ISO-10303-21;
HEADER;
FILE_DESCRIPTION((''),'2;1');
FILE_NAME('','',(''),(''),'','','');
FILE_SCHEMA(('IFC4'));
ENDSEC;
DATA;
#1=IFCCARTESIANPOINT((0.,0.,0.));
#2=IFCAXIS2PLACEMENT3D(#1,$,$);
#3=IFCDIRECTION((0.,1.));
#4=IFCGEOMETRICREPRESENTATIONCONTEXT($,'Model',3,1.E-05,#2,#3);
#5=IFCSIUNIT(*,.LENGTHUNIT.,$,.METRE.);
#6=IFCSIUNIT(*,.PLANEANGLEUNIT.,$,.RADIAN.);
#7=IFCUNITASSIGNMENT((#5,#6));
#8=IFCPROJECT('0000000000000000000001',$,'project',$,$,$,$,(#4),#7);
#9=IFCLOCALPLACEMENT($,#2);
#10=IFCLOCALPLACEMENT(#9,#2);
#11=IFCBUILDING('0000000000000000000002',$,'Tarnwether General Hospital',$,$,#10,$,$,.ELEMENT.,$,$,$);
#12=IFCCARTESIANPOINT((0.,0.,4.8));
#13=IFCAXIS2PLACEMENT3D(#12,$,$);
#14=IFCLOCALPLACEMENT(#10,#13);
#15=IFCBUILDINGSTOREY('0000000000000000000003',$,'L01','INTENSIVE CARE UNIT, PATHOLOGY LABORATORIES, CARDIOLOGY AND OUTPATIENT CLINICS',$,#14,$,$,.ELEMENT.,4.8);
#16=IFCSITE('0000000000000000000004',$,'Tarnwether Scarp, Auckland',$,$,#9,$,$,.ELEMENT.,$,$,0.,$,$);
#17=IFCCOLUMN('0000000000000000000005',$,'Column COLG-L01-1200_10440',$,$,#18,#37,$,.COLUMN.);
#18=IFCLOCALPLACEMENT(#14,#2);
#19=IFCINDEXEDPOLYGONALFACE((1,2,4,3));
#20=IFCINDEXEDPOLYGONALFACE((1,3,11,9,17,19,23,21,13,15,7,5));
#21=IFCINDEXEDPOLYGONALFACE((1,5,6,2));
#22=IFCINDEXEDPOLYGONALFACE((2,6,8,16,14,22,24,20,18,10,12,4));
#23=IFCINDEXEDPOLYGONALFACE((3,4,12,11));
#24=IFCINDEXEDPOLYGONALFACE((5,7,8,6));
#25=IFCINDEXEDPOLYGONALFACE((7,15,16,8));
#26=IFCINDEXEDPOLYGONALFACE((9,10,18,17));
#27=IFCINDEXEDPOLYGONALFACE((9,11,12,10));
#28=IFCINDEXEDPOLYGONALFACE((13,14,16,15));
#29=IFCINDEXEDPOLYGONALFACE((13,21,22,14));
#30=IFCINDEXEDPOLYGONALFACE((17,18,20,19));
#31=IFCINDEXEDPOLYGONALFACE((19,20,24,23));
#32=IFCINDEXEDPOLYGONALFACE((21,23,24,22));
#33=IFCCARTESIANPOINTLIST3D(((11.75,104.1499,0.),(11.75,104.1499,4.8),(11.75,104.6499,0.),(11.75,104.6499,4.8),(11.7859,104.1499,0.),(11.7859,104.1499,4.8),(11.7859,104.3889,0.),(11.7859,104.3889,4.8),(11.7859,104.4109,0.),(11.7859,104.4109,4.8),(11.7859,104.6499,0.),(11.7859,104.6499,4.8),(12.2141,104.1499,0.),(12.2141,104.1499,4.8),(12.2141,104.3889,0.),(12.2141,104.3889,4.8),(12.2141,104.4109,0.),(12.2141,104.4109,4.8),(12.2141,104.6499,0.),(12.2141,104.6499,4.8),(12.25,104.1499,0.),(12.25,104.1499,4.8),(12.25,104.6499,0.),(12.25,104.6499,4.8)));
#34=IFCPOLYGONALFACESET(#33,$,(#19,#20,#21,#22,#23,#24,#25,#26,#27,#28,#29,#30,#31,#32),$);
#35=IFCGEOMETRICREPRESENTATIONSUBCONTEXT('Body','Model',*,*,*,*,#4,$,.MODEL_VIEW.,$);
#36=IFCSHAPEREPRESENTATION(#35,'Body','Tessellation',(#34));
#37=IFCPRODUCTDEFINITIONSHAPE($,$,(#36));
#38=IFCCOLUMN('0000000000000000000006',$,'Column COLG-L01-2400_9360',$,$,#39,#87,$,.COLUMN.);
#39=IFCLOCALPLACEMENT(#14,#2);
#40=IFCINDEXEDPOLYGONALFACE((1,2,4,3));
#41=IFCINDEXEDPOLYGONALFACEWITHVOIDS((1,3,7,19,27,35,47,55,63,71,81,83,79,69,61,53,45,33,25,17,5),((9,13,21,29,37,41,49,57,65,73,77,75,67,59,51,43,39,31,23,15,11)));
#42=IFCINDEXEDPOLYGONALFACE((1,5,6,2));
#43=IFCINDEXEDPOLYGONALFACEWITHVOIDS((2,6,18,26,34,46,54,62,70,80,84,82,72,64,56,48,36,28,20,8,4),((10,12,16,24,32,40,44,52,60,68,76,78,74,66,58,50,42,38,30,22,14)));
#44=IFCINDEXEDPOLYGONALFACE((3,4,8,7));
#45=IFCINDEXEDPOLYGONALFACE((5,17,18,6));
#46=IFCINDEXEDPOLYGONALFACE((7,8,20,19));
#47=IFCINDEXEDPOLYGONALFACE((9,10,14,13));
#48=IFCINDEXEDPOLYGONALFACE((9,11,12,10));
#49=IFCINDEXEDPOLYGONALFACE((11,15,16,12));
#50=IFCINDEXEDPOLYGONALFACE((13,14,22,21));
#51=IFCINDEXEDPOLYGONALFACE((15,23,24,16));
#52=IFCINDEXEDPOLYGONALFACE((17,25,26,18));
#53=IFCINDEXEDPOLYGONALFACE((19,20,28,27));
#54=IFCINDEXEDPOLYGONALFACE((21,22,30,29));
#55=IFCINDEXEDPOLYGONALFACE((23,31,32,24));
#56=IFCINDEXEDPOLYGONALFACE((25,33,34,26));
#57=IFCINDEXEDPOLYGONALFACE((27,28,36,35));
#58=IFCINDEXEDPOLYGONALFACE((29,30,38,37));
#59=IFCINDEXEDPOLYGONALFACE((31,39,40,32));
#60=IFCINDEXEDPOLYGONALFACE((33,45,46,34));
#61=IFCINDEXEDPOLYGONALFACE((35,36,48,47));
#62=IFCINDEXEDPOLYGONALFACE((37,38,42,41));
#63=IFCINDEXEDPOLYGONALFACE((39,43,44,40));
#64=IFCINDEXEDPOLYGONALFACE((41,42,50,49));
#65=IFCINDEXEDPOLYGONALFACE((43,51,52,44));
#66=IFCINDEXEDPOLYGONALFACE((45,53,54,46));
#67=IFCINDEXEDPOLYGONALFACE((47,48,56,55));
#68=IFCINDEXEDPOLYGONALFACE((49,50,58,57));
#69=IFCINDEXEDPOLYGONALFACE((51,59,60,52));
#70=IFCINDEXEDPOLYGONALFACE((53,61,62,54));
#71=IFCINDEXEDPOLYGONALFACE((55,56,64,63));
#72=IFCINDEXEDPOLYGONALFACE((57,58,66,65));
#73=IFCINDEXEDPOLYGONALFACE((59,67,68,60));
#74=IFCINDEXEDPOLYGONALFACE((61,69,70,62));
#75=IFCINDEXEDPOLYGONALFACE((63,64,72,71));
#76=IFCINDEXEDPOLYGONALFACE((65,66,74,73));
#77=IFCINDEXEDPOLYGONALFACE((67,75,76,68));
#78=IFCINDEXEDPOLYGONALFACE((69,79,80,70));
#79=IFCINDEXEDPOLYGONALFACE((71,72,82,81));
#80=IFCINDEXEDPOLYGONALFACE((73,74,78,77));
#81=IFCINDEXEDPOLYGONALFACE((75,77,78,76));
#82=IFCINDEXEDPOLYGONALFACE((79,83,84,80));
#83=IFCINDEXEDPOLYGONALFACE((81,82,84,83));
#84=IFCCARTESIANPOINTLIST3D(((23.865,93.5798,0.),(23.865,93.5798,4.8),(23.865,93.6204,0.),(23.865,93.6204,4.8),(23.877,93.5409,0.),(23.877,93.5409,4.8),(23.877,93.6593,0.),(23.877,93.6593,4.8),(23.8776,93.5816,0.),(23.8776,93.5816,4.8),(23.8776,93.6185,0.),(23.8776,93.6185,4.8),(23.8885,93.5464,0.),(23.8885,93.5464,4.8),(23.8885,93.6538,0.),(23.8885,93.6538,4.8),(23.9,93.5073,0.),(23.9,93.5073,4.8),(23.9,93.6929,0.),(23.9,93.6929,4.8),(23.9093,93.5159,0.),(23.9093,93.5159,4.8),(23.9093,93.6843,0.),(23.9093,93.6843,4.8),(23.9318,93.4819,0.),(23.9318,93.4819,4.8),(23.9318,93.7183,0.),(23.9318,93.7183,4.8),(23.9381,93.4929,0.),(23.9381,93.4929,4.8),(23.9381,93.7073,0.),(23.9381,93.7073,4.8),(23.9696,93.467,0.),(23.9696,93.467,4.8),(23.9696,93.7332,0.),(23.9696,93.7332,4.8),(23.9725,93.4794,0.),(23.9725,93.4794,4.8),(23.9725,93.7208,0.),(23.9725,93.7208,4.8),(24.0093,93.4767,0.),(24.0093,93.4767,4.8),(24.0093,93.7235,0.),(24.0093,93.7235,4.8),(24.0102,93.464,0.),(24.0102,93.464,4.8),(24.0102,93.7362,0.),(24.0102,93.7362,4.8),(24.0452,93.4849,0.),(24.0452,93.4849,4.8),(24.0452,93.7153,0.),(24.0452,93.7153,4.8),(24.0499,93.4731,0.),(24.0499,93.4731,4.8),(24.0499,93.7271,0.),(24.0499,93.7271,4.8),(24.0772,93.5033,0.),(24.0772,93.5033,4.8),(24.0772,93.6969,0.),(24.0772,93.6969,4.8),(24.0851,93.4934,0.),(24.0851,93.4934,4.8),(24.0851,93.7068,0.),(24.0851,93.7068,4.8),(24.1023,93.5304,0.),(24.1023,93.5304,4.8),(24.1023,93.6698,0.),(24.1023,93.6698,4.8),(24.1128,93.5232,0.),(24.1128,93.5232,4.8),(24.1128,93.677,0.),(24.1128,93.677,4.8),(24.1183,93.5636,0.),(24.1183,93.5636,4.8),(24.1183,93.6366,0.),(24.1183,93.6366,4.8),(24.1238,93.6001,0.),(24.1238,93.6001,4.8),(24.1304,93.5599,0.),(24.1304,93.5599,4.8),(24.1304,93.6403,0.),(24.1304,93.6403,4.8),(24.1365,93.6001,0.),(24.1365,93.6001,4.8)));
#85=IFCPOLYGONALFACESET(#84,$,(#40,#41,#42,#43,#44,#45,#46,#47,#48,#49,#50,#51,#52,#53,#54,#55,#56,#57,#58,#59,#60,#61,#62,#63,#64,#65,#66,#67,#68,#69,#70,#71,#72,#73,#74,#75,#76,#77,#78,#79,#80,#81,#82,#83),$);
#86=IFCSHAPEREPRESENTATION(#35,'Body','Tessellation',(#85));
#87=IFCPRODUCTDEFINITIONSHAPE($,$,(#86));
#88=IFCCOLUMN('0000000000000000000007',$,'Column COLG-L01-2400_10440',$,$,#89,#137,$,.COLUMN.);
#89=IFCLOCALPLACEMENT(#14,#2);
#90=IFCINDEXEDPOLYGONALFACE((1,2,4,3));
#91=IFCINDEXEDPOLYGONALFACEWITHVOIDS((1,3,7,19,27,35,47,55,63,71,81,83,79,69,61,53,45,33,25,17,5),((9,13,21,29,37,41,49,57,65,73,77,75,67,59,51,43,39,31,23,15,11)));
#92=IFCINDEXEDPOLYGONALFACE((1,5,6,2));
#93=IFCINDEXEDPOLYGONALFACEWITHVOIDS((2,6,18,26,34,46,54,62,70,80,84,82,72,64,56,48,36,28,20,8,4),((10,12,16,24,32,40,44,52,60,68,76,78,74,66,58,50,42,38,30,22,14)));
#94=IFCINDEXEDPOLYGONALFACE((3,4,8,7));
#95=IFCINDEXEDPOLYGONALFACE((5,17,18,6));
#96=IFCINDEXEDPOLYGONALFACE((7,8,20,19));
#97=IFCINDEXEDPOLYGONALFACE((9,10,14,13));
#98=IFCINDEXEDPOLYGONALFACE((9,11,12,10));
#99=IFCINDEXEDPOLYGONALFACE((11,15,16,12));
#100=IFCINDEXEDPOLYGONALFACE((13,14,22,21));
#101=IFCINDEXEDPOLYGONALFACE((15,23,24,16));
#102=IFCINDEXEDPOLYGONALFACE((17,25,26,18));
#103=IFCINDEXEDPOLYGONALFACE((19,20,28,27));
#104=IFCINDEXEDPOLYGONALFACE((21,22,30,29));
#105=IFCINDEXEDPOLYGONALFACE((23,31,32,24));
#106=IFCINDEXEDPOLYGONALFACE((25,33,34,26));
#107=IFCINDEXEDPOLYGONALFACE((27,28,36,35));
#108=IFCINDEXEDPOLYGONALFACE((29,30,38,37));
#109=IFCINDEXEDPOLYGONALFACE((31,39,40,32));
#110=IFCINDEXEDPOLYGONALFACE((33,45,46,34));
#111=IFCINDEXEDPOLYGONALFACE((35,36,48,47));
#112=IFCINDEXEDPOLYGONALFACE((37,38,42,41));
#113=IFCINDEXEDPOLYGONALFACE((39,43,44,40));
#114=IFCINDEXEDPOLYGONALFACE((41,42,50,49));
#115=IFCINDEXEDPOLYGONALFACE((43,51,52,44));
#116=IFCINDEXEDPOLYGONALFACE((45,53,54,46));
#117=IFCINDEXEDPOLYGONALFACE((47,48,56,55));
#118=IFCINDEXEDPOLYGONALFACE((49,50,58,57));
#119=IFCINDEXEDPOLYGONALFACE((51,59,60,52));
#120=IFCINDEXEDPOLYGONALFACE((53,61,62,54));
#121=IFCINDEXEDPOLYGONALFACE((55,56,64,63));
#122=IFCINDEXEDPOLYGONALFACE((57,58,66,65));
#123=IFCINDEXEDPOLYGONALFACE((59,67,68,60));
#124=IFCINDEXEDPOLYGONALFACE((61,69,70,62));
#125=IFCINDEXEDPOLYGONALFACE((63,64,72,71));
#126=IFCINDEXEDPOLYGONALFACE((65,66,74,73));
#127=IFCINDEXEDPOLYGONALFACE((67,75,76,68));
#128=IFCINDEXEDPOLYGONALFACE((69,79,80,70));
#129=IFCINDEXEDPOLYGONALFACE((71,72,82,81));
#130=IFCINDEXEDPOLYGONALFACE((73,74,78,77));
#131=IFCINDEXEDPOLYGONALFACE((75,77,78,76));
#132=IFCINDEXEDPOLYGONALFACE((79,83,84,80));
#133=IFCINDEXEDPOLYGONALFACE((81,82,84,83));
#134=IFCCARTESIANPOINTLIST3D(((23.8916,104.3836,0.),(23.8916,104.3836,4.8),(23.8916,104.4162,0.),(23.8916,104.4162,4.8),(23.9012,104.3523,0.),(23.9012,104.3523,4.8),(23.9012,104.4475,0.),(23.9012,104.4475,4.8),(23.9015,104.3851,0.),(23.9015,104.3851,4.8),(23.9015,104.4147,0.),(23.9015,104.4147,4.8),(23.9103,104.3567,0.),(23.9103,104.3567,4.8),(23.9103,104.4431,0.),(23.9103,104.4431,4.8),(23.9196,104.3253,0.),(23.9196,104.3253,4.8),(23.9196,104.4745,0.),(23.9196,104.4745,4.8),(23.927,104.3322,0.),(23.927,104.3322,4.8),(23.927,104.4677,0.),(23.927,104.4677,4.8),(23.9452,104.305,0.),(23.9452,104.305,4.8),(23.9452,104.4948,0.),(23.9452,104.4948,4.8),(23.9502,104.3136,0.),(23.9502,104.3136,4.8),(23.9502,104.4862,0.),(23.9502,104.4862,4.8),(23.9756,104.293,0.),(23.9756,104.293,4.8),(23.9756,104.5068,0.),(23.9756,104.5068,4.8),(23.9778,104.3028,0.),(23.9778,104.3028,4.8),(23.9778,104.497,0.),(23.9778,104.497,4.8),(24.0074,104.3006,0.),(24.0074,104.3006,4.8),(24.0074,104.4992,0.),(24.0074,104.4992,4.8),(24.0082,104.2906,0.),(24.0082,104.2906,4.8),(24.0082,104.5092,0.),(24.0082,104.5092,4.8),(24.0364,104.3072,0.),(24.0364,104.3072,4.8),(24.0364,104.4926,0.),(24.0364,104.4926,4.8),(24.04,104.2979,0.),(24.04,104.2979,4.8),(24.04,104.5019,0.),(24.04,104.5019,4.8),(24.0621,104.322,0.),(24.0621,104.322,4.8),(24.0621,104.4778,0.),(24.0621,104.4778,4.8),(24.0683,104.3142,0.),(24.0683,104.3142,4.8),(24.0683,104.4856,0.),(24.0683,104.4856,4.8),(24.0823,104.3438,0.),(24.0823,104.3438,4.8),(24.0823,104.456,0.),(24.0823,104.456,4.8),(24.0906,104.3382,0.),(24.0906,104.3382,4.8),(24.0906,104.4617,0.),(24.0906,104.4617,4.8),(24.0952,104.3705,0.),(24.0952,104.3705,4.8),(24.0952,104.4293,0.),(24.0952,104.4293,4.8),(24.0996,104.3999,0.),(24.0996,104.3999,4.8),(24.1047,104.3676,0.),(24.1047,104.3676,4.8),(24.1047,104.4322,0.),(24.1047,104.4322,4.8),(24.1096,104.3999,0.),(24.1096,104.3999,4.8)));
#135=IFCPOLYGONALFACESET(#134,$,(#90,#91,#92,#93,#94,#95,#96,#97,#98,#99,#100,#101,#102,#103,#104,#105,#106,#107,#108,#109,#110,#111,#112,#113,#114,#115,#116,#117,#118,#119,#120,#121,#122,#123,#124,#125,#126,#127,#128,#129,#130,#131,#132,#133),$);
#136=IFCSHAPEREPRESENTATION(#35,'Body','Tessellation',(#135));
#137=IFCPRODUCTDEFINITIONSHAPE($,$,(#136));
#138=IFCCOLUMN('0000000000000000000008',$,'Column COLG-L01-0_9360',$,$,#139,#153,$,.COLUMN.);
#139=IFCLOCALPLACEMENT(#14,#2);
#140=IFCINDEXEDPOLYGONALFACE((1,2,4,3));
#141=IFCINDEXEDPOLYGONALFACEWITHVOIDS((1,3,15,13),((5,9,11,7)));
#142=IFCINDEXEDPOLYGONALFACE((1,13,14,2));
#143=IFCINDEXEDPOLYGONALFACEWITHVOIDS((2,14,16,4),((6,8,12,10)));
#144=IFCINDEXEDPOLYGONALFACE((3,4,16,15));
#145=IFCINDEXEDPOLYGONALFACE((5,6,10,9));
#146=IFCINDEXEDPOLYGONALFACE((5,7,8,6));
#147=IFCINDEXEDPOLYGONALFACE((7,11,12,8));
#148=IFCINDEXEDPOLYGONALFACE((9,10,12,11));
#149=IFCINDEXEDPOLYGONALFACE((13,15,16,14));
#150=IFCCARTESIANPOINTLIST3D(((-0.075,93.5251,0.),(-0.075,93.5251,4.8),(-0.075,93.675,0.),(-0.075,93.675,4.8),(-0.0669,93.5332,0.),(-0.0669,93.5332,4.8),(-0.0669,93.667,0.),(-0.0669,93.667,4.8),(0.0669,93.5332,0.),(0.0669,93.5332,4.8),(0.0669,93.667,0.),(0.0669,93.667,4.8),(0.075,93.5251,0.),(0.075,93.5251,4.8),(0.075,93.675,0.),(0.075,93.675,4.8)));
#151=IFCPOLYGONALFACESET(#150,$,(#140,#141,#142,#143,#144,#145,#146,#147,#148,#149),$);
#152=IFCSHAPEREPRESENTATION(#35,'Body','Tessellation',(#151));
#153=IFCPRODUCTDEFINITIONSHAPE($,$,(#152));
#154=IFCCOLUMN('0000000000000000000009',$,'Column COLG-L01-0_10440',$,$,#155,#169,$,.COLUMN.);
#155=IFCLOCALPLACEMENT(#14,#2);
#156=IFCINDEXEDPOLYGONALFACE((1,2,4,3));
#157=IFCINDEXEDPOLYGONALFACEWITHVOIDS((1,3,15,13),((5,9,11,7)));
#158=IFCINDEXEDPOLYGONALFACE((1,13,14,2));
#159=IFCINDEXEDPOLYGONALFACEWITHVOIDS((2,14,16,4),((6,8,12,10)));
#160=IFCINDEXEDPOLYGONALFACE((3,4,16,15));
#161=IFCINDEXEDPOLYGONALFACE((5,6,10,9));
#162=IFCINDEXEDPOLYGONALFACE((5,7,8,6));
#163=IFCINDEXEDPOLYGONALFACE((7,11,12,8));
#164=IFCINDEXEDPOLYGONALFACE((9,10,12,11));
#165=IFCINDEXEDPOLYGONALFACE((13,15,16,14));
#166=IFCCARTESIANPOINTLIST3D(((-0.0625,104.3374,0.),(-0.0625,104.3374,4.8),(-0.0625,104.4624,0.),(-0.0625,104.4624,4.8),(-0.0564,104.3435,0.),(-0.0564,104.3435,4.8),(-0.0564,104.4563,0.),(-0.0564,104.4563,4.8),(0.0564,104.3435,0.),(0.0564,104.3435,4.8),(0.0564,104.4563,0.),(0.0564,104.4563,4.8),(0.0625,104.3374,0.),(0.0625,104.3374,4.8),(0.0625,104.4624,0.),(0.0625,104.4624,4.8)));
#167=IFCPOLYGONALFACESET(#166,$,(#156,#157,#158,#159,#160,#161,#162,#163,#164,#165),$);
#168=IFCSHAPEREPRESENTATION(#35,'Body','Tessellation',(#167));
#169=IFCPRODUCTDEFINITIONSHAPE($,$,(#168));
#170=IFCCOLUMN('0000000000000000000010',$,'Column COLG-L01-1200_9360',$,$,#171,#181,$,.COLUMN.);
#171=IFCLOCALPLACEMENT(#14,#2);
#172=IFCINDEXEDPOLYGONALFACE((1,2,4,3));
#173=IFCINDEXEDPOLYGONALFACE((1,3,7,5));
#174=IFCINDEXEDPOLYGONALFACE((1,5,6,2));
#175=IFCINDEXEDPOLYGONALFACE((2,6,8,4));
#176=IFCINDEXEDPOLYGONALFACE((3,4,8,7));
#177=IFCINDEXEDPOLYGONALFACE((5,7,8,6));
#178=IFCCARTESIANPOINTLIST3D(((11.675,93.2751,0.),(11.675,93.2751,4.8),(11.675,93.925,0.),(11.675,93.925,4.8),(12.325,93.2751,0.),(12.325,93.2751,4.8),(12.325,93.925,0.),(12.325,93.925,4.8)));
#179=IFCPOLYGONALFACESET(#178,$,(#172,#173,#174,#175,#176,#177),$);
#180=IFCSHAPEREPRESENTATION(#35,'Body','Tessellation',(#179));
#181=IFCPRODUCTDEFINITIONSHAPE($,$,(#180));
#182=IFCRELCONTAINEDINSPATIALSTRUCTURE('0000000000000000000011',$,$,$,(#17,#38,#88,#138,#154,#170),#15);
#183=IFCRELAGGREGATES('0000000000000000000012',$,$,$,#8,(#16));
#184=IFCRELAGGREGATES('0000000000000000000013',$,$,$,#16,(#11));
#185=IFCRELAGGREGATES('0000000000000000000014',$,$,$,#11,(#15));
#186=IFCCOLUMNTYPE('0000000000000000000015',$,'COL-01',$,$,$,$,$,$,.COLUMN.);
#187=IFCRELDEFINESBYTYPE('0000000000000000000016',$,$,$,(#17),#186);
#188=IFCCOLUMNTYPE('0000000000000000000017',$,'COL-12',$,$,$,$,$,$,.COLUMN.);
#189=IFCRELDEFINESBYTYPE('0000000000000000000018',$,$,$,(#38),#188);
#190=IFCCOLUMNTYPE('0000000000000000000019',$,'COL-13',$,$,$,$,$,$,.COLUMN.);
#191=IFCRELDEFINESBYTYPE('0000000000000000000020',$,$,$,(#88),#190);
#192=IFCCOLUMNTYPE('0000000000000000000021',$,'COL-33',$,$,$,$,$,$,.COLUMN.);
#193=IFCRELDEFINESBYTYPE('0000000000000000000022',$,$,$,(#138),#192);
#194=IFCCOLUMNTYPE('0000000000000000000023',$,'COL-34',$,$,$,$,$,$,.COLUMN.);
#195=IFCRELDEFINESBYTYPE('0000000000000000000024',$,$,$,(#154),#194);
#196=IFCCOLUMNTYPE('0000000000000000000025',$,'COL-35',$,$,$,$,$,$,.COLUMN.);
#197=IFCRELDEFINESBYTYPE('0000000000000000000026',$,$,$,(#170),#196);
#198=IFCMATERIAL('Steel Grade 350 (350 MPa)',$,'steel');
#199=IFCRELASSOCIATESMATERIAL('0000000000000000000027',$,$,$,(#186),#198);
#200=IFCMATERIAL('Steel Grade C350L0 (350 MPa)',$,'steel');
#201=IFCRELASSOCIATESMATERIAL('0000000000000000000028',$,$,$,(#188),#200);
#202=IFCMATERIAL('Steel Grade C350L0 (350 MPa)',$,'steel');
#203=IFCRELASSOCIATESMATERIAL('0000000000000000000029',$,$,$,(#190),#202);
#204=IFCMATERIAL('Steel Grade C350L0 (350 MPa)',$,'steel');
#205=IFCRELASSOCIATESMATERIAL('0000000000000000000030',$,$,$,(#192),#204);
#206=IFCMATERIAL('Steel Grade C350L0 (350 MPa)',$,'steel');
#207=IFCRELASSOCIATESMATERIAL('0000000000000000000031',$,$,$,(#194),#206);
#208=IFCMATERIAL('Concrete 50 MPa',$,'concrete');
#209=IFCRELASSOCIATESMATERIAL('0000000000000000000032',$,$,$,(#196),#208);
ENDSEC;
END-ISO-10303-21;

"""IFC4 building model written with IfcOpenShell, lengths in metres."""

from ifc_helpers import new_model, si_unit, direction, frame, origin, origin_2d, place, context, subcontext, project, spatial, rectangle, hollow_rectangle, hollow_circle, i_section, extrude, material, material_profile, profile_set, type_object, element, save


model = new_model("IFC4")

# Units and contexts
model_context = context("Model", 3, precision=1e-05, world=origin(), true_north=direction((0.0, 1.0)))
body_context = subcontext(model_context, "Body", "Model", "MODEL_VIEW")
ifc_project = project(units=[si_unit("LENGTHUNIT", "METRE"), si_unit("PLANEANGLEUNIT", "RADIAN")], contexts=[model_context])

# Site, building, storey
site_placement = place(None, origin())
site = spatial("IfcSite", under=ifc_project, at=site_placement, Name="Tarnwether Scarp, Auckland", CompositionType="ELEMENT", RefElevation=0.0)
building_placement = place(site_placement, origin())
building = spatial("IfcBuilding", under=site, at=building_placement, Name="Tarnwether General Hospital", CompositionType="ELEMENT")
storey_placement = place(building_placement, frame((0.0, 0.0, 4.8)))
storey = spatial("IfcBuildingStorey", under=building, at=storey_placement, Name="L01", Description="INTENSIVE CARE UNIT, PATHOLOGY LABORATORIES, CARDIOLOGY AND OUTPATIENT CLINICS", CompositionType="ELEMENT", Elevation=4.8)

# Columns
ifc_material_1 = material(Name="Steel Grade 350 (350 MPa)", Category="steel")
ifc_material_profile_1 = material_profile(ifc_material_1, i_section(OverallWidth=0.5, OverallDepth=0.5, WebThickness=0.022, FlangeThickness=0.0359, at=origin_2d()), Name="500WC380")
ifc_profile_set_1 = profile_set([ifc_material_profile_1], Name="Steel Grade 350 (350 MPa)")
column_type_1 = type_object("IfcColumnType", Name="COL-01", PredefinedType="COLUMN", material=ifc_profile_set_1)
column_1_placement = place(storey_placement, frame((12.0, 104.3999, 0.0), z_axis=(0.0, 0.0, 1.0), x_axis=(0.0, 1.0, 0.0)))
element("IfcColumn", 1, at=column_1_placement, inside=storey, type_object=column_type_1, Name="Column COLG-L01-1200_10440", PredefinedType="COLUMN", context=body_context, shape_type="SweptSolid", body=[
    extrude(i_section(OverallWidth=0.5, OverallDepth=0.5, WebThickness=0.022, FlangeThickness=0.0359, at=origin_2d()), origin(), (0.0, 0.0, 1.0), 4.8),
])
ifc_material_2 = material(Name="Steel Grade C350L0 (350 MPa)", Category="steel")
ifc_material_profile_2 = material_profile(ifc_material_2, hollow_circle(Radius=0.1365, WallThickness=0.0127, at=origin_2d()), Name="CHS273.1x12.7")
ifc_profile_set_2 = profile_set([ifc_material_profile_2], Name="Steel Grade C350L0 (350 MPa)")
column_type_2 = type_object("IfcColumnType", Name="COL-12", PredefinedType="COLUMN", material=ifc_profile_set_2)
column_2_placement = place(storey_placement, frame((24.0, 93.6001, 0.0), z_axis=(0.0, 0.0, 1.0), x_axis=(1.0, 0.0, 0.0)))
element("IfcColumn", 2, at=column_2_placement, inside=storey, type_object=column_type_2, Name="Column COLG-L01-2400_9360", PredefinedType="COLUMN", context=body_context, shape_type="SweptSolid", body=[
    extrude(hollow_circle(Radius=0.1365, WallThickness=0.0127, at=origin_2d()), origin(), (0.0, 0.0, 1.0), 4.8),
])
ifc_material_3 = material(Name="Steel Grade C350L0 (350 MPa)", Category="steel")
ifc_material_profile_3 = material_profile(ifc_material_3, hollow_circle(Radius=0.1096, WallThickness=0.01, at=origin_2d()), Name="CHS219.1x10.0")
ifc_profile_set_3 = profile_set([ifc_material_profile_3], Name="Steel Grade C350L0 (350 MPa)")
column_type_3 = type_object("IfcColumnType", Name="COL-13", PredefinedType="COLUMN", material=ifc_profile_set_3)
column_3_placement = place(storey_placement, frame((24.0, 104.3999, 0.0), z_axis=(0.0, 0.0, 1.0), x_axis=(1.0, 0.0, 0.0)))
element("IfcColumn", 3, at=column_3_placement, inside=storey, type_object=column_type_3, Name="Column COLG-L01-2400_10440", PredefinedType="COLUMN", context=body_context, shape_type="SweptSolid", body=[
    extrude(hollow_circle(Radius=0.1096, WallThickness=0.01, at=origin_2d()), origin(), (0.0, 0.0, 1.0), 4.8),
])
ifc_material_4 = material(Name="Steel Grade C350L0 (350 MPa)", Category="steel")
ifc_material_profile_4 = material_profile(ifc_material_4, hollow_rectangle(XDim=0.1499, YDim=0.1499, WallThickness=0.0081, at=origin_2d()), Name="SHS150x150x8")
ifc_profile_set_4 = profile_set([ifc_material_profile_4], Name="Steel Grade C350L0 (350 MPa)")
column_type_4 = type_object("IfcColumnType", Name="COL-33", PredefinedType="COLUMN", material=ifc_profile_set_4)
column_4_placement = place(storey_placement, frame((0.0, 93.6001, 0.0), z_axis=(0.0, 0.0, 1.0), x_axis=(1.0, 0.0, 0.0)))
element("IfcColumn", 4, at=column_4_placement, inside=storey, type_object=column_type_4, Name="Column COLG-L01-0_9360", PredefinedType="COLUMN", context=body_context, shape_type="SweptSolid", body=[
    extrude(hollow_rectangle(XDim=0.1499, YDim=0.1499, WallThickness=0.0081, at=origin_2d()), origin(), (0.0, 0.0, 1.0), 4.8),
])
ifc_material_5 = material(Name="Steel Grade C350L0 (350 MPa)", Category="steel")
ifc_material_profile_5 = material_profile(ifc_material_5, hollow_rectangle(XDim=0.125, YDim=0.125, WallThickness=0.0061, at=origin_2d()), Name="SHS125x125x6")
ifc_profile_set_5 = profile_set([ifc_material_profile_5], Name="Steel Grade C350L0 (350 MPa)")
column_type_5 = type_object("IfcColumnType", Name="COL-34", PredefinedType="COLUMN", material=ifc_profile_set_5)
column_5_placement = place(storey_placement, frame((0.0, 104.3999, 0.0), z_axis=(0.0, 0.0, 1.0), x_axis=(1.0, 0.0, 0.0)))
element("IfcColumn", 5, at=column_5_placement, inside=storey, type_object=column_type_5, Name="Column COLG-L01-0_10440", PredefinedType="COLUMN", context=body_context, shape_type="SweptSolid", body=[
    extrude(hollow_rectangle(XDim=0.125, YDim=0.125, WallThickness=0.0061, at=origin_2d()), origin(), (0.0, 0.0, 1.0), 4.8),
])
ifc_material_6 = material(Name="Concrete 50 MPa", Category="concrete")
ifc_material_profile_6 = material_profile(ifc_material_6, rectangle(XDim=0.6499, YDim=0.6499, at=origin_2d()), Name="RC-COL-650x650")
ifc_profile_set_6 = profile_set([ifc_material_profile_6], Name="Concrete 50 MPa")
column_type_6 = type_object("IfcColumnType", Name="COL-35", PredefinedType="COLUMN", material=ifc_profile_set_6)
column_6_placement = place(storey_placement, frame((12.0, 93.6001, 0.0), z_axis=(0.0, 0.0, 1.0), x_axis=(0.0, 1.0, 0.0)))
element("IfcColumn", 6, at=column_6_placement, inside=storey, type_object=column_type_6, Name="Column COLG-L01-1200_9360", PredefinedType="COLUMN", context=body_context, shape_type="SweptSolid", body=[
    extrude(rectangle(XDim=0.6499, YDim=0.6499, at=origin_2d()), origin(), (0.0, 0.0, 1.0), 4.8),
])

save(model, "model.ifc")
